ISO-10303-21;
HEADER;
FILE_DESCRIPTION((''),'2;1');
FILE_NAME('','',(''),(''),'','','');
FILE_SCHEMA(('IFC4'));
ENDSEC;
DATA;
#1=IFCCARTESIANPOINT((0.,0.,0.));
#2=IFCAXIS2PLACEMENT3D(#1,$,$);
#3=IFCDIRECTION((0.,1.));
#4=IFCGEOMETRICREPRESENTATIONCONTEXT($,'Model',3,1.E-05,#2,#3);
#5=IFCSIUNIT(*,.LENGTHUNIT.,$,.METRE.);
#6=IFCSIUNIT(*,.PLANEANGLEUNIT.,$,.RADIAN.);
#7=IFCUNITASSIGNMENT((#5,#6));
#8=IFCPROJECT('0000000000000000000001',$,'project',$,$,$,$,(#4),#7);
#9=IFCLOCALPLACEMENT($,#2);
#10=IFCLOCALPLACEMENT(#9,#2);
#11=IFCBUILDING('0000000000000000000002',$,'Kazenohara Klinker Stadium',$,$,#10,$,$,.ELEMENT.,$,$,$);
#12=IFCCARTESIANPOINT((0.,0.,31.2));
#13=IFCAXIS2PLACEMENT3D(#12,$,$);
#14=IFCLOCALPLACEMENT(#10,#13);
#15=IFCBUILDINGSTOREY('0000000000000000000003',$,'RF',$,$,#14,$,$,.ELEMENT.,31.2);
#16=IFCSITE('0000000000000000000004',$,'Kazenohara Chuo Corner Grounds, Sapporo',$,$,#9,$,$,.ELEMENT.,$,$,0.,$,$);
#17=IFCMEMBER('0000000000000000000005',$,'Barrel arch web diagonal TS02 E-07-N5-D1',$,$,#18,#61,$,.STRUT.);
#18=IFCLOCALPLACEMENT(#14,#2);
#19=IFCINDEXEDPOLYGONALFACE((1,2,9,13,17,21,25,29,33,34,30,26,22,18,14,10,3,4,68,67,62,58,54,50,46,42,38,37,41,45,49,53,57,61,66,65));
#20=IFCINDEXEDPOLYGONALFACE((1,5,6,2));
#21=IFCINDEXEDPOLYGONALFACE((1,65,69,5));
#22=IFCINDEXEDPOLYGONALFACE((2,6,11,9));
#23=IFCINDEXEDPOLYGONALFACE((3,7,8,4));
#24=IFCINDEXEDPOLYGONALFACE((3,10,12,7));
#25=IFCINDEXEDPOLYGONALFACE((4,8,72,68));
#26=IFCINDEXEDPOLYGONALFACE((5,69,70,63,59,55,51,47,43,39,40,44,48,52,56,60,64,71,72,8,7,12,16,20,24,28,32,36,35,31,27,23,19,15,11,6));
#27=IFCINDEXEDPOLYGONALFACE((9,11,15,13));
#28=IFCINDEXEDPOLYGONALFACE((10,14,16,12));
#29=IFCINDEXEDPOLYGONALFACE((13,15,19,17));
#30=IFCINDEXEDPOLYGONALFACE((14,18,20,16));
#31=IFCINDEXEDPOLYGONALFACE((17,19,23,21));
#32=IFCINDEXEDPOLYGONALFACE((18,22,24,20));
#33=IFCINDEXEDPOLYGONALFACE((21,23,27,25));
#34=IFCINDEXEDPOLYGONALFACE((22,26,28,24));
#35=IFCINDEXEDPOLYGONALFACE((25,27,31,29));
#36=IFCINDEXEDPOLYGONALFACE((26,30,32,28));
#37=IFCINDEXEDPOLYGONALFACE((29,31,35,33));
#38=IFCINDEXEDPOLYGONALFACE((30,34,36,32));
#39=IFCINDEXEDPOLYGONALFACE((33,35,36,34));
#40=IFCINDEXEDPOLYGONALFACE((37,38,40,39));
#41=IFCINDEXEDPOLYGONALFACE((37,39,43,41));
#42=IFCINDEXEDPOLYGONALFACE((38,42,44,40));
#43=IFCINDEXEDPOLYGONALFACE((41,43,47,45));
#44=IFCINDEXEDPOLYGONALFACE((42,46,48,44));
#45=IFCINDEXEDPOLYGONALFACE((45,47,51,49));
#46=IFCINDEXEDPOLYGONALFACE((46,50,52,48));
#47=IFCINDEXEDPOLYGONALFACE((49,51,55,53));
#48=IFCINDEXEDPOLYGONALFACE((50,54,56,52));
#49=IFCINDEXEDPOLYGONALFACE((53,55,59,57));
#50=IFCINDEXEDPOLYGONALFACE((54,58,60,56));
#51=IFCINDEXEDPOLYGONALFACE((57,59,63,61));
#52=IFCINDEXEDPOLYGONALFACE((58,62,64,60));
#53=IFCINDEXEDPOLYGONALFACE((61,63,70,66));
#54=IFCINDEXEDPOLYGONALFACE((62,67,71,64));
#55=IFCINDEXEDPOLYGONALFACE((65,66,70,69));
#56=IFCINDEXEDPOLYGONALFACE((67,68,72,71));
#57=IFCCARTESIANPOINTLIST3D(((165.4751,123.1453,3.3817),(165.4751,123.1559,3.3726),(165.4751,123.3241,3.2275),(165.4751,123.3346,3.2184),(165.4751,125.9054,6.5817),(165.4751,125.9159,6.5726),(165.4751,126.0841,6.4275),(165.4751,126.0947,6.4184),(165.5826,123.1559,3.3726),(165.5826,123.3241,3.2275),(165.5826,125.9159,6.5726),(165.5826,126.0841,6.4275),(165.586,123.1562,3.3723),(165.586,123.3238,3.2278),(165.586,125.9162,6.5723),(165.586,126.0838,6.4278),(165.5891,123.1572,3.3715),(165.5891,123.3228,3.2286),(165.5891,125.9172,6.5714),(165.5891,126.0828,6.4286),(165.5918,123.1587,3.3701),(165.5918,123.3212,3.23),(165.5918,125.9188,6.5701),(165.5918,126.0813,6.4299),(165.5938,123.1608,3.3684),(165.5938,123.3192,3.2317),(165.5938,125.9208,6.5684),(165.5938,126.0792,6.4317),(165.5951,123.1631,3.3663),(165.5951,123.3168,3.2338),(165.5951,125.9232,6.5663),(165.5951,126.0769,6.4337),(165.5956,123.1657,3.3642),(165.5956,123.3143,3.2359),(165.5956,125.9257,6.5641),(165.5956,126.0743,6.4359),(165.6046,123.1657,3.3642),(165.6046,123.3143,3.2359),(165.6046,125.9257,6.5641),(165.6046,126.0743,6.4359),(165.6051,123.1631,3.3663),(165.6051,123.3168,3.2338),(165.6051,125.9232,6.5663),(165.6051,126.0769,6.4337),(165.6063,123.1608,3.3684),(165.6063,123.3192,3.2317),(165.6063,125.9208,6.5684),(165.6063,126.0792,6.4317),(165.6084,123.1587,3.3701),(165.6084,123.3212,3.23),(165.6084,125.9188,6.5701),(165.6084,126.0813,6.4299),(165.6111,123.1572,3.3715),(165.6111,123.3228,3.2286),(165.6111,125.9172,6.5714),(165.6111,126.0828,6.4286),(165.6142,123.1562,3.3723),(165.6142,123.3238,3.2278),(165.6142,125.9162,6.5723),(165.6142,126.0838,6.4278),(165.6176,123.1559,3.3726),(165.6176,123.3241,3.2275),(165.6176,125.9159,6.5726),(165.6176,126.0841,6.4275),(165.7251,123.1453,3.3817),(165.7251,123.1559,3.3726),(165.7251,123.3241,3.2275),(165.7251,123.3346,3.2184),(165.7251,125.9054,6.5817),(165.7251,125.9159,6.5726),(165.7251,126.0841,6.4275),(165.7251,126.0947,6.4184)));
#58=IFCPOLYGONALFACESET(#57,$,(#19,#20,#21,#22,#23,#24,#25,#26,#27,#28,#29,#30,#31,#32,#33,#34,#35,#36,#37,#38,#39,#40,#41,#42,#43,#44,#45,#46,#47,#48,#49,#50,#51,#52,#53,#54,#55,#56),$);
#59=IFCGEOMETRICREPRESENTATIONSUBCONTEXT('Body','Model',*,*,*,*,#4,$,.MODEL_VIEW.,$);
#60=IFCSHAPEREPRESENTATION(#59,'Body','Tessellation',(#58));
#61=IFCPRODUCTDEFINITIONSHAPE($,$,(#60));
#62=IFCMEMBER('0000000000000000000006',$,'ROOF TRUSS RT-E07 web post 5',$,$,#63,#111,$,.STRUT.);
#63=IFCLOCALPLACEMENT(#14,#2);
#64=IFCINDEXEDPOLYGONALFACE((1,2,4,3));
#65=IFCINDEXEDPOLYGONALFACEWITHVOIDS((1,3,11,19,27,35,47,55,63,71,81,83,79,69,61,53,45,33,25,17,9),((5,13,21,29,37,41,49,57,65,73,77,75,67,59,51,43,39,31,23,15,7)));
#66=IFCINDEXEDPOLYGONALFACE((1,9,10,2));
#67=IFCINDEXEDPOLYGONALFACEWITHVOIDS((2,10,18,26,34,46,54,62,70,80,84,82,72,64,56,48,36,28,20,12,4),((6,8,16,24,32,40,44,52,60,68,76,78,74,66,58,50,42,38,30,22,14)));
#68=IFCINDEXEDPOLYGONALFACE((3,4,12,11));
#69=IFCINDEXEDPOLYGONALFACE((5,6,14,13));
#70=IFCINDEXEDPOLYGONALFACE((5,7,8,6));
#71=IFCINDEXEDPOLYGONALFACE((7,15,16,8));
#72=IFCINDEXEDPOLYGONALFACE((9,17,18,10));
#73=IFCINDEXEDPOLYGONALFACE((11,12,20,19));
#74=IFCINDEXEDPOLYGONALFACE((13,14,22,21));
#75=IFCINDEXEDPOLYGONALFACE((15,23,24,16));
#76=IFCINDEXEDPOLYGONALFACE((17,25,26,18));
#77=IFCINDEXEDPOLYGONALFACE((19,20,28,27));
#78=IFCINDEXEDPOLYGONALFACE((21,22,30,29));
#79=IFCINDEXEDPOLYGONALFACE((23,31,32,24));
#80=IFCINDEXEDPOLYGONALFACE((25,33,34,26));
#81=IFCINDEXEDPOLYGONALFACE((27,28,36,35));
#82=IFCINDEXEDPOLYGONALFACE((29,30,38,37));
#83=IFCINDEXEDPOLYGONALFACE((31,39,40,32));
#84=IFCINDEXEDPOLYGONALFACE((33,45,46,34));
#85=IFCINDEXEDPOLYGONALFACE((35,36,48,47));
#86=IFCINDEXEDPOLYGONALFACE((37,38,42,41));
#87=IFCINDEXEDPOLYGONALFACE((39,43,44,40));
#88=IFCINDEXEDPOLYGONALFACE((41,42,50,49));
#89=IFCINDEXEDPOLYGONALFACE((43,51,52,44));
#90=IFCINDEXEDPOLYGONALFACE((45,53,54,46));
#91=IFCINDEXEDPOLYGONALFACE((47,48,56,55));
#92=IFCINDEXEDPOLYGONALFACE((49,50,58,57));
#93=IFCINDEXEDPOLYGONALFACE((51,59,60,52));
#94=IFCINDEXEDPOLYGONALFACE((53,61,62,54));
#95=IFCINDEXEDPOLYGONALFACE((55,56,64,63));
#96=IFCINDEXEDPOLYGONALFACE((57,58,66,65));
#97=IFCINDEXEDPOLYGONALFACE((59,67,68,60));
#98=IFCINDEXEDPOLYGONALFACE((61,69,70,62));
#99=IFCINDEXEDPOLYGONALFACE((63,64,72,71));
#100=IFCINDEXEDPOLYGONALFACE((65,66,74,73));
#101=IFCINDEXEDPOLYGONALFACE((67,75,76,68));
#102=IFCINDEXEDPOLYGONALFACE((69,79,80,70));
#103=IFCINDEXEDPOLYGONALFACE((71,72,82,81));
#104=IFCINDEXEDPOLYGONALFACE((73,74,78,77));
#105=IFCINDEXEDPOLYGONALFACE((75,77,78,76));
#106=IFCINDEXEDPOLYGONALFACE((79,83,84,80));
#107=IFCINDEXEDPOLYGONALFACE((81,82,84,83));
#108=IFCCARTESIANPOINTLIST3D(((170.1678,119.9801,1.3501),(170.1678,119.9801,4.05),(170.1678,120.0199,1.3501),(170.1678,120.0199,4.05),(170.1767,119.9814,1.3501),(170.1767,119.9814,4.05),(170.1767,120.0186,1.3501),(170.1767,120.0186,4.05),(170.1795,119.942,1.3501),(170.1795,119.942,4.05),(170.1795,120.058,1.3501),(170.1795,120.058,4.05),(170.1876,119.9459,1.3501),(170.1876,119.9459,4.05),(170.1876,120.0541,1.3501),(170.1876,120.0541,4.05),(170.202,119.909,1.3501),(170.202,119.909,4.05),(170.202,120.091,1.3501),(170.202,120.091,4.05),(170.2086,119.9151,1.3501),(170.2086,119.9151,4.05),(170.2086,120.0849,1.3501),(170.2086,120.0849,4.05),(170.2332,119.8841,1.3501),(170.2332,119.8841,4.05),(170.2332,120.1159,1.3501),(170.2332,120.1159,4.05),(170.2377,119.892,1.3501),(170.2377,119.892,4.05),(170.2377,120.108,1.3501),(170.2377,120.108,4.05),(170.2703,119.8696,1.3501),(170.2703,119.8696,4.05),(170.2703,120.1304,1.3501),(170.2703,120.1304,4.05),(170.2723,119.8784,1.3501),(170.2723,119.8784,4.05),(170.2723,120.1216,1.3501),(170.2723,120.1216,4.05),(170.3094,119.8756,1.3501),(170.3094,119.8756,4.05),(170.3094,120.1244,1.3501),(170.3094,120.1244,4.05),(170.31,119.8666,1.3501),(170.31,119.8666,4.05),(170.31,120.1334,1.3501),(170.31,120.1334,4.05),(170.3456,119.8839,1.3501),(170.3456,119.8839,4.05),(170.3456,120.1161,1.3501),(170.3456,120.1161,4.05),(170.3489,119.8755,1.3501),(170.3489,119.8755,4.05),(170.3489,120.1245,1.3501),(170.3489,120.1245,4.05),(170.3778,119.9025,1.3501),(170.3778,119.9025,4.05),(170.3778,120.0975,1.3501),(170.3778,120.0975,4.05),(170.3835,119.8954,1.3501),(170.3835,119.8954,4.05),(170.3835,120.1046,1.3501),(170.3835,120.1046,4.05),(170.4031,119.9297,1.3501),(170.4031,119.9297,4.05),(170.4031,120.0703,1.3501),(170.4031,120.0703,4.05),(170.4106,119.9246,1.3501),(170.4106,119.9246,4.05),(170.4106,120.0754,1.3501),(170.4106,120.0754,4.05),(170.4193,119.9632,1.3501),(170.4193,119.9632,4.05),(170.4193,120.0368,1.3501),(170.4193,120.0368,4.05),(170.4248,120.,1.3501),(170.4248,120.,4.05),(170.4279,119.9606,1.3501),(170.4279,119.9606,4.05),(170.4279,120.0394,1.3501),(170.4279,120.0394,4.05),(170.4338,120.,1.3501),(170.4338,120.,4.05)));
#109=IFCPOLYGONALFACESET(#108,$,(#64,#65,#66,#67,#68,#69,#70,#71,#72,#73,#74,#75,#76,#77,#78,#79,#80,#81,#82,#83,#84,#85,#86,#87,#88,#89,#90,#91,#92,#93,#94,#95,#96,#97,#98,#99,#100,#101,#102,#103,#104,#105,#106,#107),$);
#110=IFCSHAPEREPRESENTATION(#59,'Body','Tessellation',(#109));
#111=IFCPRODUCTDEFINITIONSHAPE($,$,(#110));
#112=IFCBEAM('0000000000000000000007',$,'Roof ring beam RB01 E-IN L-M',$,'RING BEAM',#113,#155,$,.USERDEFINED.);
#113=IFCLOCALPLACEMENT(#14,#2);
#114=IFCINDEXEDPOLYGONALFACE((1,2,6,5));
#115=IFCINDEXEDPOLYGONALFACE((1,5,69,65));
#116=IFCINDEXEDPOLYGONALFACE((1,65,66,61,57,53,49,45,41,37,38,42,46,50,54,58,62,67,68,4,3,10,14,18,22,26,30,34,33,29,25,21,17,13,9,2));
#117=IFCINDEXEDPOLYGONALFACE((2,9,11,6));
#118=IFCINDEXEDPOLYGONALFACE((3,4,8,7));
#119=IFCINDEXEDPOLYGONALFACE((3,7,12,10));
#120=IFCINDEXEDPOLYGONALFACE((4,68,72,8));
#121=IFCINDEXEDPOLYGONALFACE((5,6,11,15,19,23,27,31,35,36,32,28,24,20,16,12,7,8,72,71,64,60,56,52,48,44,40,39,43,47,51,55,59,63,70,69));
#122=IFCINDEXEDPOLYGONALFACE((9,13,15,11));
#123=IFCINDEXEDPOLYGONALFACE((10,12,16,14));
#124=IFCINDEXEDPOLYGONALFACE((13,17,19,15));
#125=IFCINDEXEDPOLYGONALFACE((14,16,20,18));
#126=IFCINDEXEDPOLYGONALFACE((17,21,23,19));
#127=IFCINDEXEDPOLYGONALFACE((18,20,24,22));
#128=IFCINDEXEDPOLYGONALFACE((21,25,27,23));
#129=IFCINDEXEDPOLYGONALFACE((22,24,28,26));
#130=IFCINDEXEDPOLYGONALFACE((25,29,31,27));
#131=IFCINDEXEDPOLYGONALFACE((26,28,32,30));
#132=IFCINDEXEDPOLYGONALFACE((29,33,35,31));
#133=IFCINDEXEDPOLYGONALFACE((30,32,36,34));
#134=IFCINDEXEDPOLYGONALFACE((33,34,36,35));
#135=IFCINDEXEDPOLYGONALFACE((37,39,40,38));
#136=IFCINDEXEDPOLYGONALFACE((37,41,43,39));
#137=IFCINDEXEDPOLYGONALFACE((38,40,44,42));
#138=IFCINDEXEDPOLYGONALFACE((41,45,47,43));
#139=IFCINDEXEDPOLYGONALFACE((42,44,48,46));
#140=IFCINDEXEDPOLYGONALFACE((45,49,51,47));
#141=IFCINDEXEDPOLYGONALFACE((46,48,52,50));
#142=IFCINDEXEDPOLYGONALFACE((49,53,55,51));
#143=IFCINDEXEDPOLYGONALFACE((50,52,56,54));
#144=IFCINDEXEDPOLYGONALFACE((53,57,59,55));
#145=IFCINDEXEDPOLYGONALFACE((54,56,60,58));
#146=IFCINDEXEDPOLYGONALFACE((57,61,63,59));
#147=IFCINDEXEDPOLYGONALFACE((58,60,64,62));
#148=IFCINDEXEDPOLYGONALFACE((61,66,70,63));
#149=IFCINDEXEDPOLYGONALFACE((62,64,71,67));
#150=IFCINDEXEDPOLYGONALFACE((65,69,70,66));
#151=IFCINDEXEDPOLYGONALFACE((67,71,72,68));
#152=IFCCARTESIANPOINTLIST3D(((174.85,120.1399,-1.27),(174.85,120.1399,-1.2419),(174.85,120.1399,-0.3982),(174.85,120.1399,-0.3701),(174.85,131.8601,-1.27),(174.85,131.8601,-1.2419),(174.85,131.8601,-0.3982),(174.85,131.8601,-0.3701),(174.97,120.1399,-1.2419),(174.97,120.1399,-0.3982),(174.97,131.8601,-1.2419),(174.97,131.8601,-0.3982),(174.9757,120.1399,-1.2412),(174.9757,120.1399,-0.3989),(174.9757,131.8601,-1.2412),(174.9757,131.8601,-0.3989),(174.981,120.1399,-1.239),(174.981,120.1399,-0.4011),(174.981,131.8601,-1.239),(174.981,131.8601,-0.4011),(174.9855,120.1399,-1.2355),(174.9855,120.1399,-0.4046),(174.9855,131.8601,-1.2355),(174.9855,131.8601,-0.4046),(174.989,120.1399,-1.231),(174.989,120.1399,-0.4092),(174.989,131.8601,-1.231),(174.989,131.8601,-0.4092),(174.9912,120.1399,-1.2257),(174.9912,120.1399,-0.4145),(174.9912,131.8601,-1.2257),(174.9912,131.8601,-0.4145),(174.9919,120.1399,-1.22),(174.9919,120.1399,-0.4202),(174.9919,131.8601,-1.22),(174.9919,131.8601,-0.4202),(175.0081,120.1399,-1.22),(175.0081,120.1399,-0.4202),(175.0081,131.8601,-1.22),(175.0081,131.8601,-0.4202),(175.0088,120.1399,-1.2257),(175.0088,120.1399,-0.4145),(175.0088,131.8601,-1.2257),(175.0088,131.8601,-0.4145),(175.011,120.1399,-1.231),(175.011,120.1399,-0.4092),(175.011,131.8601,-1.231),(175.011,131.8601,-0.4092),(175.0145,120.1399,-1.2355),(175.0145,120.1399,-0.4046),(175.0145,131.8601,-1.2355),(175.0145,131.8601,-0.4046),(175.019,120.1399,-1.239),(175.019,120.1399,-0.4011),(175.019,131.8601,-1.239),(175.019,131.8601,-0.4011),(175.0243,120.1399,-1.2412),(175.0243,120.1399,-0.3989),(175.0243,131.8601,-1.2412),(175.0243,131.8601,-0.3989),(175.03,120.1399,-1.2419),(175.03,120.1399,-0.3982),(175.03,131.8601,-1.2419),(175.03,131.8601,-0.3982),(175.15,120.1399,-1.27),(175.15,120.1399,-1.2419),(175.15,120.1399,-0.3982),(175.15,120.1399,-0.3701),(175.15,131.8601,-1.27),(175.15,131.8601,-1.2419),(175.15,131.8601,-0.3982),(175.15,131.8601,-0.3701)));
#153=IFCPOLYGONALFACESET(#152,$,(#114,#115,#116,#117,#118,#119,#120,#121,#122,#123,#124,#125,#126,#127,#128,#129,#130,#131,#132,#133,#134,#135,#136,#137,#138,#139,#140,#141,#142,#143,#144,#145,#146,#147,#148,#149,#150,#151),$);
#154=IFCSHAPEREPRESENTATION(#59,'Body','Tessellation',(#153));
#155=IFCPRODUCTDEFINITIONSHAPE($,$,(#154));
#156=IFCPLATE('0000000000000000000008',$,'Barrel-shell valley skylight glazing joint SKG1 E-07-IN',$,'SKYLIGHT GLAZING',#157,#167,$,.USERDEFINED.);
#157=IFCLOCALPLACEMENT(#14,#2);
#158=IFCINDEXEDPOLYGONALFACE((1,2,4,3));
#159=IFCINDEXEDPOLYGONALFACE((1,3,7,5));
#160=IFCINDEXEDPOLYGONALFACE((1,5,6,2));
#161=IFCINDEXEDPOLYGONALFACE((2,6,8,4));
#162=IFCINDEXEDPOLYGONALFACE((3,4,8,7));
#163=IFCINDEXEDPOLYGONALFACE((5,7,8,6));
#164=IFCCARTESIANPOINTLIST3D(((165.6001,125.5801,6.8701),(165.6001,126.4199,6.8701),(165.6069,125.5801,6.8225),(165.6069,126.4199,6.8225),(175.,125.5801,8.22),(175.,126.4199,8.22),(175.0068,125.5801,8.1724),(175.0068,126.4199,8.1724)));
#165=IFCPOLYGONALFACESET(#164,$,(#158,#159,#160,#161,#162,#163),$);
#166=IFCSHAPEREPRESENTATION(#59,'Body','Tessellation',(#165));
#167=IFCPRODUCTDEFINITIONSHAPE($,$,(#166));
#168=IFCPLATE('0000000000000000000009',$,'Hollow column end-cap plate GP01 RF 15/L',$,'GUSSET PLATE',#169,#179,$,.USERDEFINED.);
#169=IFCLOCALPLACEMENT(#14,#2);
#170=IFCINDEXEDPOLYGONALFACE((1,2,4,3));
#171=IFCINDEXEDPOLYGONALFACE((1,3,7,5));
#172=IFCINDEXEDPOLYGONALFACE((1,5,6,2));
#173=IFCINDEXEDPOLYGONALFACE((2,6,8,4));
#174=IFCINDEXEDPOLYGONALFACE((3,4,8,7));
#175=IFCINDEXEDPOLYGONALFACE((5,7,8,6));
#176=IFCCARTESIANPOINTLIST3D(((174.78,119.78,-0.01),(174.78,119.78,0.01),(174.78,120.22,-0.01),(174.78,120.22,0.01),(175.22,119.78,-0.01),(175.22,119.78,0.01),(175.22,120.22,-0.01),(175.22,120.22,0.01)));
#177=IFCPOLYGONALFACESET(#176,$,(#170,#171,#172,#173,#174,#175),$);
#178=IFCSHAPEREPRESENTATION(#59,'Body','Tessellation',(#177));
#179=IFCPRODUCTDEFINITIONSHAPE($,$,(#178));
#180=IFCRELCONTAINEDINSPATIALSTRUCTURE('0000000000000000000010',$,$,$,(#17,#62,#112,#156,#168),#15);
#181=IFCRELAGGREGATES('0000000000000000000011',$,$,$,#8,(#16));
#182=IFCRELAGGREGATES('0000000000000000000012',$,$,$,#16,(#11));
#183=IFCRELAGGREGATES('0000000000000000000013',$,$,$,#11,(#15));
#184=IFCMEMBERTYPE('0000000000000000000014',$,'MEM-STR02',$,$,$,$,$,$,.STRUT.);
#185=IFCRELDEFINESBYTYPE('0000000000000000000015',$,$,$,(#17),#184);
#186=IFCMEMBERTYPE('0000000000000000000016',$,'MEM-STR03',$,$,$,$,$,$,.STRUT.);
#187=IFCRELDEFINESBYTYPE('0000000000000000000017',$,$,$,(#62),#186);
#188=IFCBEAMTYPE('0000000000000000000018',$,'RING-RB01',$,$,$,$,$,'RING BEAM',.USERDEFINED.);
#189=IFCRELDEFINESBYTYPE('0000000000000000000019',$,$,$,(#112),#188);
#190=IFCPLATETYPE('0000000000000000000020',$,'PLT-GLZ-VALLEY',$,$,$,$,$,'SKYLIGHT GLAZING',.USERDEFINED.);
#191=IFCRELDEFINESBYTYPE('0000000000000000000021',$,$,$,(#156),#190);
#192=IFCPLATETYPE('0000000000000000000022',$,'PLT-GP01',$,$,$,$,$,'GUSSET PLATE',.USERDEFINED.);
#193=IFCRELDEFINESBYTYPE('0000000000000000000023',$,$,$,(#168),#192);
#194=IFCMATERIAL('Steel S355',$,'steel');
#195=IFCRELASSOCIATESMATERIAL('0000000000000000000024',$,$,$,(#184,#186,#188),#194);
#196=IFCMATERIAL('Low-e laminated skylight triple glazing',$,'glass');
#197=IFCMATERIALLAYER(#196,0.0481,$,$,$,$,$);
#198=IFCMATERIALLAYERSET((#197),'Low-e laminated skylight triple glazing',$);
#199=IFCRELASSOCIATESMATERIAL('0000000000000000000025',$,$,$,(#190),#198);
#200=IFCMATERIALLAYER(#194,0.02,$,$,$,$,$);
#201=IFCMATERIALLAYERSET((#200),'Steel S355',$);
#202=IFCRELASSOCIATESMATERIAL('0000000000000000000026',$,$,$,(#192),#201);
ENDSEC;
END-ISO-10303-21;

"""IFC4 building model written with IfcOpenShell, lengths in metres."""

from ifc_helpers import new_model, si_unit, direction, frame, origin, origin_2d, place, context, subcontext, project, spatial, polyline, rectangle, hollow_circle, i_section, outline, extrude, material, layer, layer_set, material_profile, profile_set, type_object, element, save


model = new_model("IFC4")

# Units and contexts
model_context = context("Model", 3, precision=1e-05, world=origin(), true_north=direction((0.0, 1.0)))
body_context = subcontext(model_context, "Body", "Model", "MODEL_VIEW")
ifc_project = project(units=[si_unit("LENGTHUNIT", "METRE"), si_unit("PLANEANGLEUNIT", "RADIAN")], contexts=[model_context])

# Site, building, storey
site_placement = place(None, origin())
site = spatial("IfcSite", under=ifc_project, at=site_placement, Name="Kazenohara Chuo Corner Grounds, Sapporo", CompositionType="ELEMENT", RefElevation=0.0)
building_placement = place(site_placement, origin())
building = spatial("IfcBuilding", under=site, at=building_placement, Name="Kazenohara Klinker Stadium", CompositionType="ELEMENT")
storey_placement = place(building_placement, frame((0.0, 0.0, 31.2)))
storey = spatial("IfcBuildingStorey", under=building, at=storey_placement, Name="RF", CompositionType="ELEMENT", Elevation=31.2)

# Members
ifc_material_1 = material(Name="Steel S355", Category="steel")
ifc_material_profile_1 = material_profile(ifc_material_1, i_section(OverallWidth=0.25, OverallDepth=0.25, WebThickness=0.009, FlangeThickness=0.0139, FilletRadius=0.0129, at=origin_2d()), Name="H-250x250x9x14")
ifc_profile_set_1 = profile_set([ifc_material_profile_1], Name="Steel S355")
member_type_1 = type_object("IfcMemberType", Name="MEM-STR02", PredefinedType="STRUT", material=ifc_profile_set_1)
member_1_placement = place(storey_placement, frame((165.6001, 123.24, 3.3), z_axis=(0.0, 0.653134, 0.757242), x_axis=(-1.0, 0.0, 0.0)))
element("IfcMember", 1, at=member_1_placement, inside=storey, type_object=member_type_1, Name="Barrel arch web diagonal TS02 E-07-N5-D1", PredefinedType="STRUT", context=body_context, shape_type="SweptSolid", body=[
    extrude(i_section(OverallWidth=0.25, OverallDepth=0.25, WebThickness=0.009, FlangeThickness=0.0139, FilletRadius=0.0129, at=origin_2d()), origin(), (0.0, 0.0, 1.0), 4.2258),
])
ifc_material_profile_2 = material_profile(ifc_material_1, hollow_circle(Radius=0.1338, WallThickness=0.009, at=origin_2d()), Name="CHS-267.4x9")
ifc_profile_set_2 = profile_set([ifc_material_profile_2], Name="Steel S355")
member_type_2 = type_object("IfcMemberType", Name="MEM-STR03", PredefinedType="STRUT", material=ifc_profile_set_2)
member_2_placement = place(storey_placement, frame((170.3, 120.0, 1.3501), z_axis=(0.0, 0.0, 1.0), x_axis=(1.0, 0.0, 0.0)))
element("IfcMember", 2, at=member_2_placement, inside=storey, type_object=member_type_2, Name="ROOF TRUSS RT-E07 web post 5", PredefinedType="STRUT", context=body_context, shape_type="SweptSolid", body=[
    extrude(hollow_circle(Radius=0.1338, WallThickness=0.009, at=origin_2d()), origin(), (0.0, 0.0, 1.0), 2.7),
])

# Beam
ifc_material_profile_3 = material_profile(ifc_material_1, i_section(OverallWidth=0.3, OverallDepth=0.8999, WebThickness=0.0161, FlangeThickness=0.0281, FilletRadius=0.022, at=origin_2d()), Name="H-900x300x16x28")
ifc_profile_set_3 = profile_set([ifc_material_profile_3], Name="Steel S355")
beam_type = type_object("IfcBeamType", Name="RING-RB01", ElementType="RING BEAM", PredefinedType="USERDEFINED", material=ifc_profile_set_3)
beam_placement = place(storey_placement, frame((175.0, 120.1399, -0.8201), z_axis=(0.0, 1.0, 0.0), x_axis=(-1.0, 0.0, 0.0)))
element("IfcBeam", 3, at=beam_placement, inside=storey, type_object=beam_type, Name="Roof ring beam RB01 E-IN L-M", ObjectType="RING BEAM", PredefinedType="USERDEFINED", context=body_context, shape_type="SweptSolid", body=[
    extrude(i_section(OverallWidth=0.3, OverallDepth=0.8999, WebThickness=0.0161, FlangeThickness=0.0281, FilletRadius=0.022, at=origin_2d()), origin(), (0.0, 0.0, 1.0), 11.7202),
])

# Plates
ifc_material_2 = material(Name="Low-e laminated skylight triple glazing", Category="glass")
ifc_layer_1 = layer(ifc_material_2, 0.0481)
ifc_layer_set_1 = layer_set([ifc_layer_1], Name="Low-e laminated skylight triple glazing")
plate_type_1 = type_object("IfcPlateType", Name="PLT-GLZ-VALLEY", ElementType="SKYLIGHT GLAZING", PredefinedType="USERDEFINED", material=ifc_layer_set_1)
plate_1_placement = place(storey_placement, frame((175.0, 125.5801, 8.22), z_axis=(-0.142145, 0.0, 0.989846), x_axis=(-0.989846, 0.0, -0.142145)))
element("IfcPlate", 4, at=plate_1_placement, inside=storey, type_object=plate_type_1, Name="Barrel-shell valley skylight glazing joint SKG1 E-07-IN", ObjectType="SKYLIGHT GLAZING", PredefinedType="USERDEFINED", context=body_context, shape_type="SweptSolid", body=[
    extrude(outline(polyline([(0.0, 0.0), (9.4963, 0.0), (9.4963, -0.8398), (0.0, -0.8398), (0.0, 0.0)])), origin(), (0.0, 0.0, -1.0), 0.0481),
])
ifc_layer_2 = layer(ifc_material_1, 0.02)
ifc_layer_set_2 = layer_set([ifc_layer_2], Name="Steel S355")
plate_type_2 = type_object("IfcPlateType", Name="PLT-GP01", ElementType="GUSSET PLATE", PredefinedType="USERDEFINED", material=ifc_layer_set_2)
plate_2_placement = place(storey_placement, frame((175.0, 120.0, -0.01), z_axis=(0.0, 0.0, 1.0), x_axis=(1.0, 0.0, 0.0)))
element("IfcPlate", 5, at=plate_2_placement, inside=storey, type_object=plate_type_2, Name="Hollow column end-cap plate GP01 RF 15/L", ObjectType="GUSSET PLATE", PredefinedType="USERDEFINED", context=body_context, shape_type="SweptSolid", body=[
    extrude(rectangle(XDim=0.4399, YDim=0.4399, at=origin_2d()), origin(), (0.0, 0.0, 1.0), 0.02),
])

save(model, "model.ifc")
